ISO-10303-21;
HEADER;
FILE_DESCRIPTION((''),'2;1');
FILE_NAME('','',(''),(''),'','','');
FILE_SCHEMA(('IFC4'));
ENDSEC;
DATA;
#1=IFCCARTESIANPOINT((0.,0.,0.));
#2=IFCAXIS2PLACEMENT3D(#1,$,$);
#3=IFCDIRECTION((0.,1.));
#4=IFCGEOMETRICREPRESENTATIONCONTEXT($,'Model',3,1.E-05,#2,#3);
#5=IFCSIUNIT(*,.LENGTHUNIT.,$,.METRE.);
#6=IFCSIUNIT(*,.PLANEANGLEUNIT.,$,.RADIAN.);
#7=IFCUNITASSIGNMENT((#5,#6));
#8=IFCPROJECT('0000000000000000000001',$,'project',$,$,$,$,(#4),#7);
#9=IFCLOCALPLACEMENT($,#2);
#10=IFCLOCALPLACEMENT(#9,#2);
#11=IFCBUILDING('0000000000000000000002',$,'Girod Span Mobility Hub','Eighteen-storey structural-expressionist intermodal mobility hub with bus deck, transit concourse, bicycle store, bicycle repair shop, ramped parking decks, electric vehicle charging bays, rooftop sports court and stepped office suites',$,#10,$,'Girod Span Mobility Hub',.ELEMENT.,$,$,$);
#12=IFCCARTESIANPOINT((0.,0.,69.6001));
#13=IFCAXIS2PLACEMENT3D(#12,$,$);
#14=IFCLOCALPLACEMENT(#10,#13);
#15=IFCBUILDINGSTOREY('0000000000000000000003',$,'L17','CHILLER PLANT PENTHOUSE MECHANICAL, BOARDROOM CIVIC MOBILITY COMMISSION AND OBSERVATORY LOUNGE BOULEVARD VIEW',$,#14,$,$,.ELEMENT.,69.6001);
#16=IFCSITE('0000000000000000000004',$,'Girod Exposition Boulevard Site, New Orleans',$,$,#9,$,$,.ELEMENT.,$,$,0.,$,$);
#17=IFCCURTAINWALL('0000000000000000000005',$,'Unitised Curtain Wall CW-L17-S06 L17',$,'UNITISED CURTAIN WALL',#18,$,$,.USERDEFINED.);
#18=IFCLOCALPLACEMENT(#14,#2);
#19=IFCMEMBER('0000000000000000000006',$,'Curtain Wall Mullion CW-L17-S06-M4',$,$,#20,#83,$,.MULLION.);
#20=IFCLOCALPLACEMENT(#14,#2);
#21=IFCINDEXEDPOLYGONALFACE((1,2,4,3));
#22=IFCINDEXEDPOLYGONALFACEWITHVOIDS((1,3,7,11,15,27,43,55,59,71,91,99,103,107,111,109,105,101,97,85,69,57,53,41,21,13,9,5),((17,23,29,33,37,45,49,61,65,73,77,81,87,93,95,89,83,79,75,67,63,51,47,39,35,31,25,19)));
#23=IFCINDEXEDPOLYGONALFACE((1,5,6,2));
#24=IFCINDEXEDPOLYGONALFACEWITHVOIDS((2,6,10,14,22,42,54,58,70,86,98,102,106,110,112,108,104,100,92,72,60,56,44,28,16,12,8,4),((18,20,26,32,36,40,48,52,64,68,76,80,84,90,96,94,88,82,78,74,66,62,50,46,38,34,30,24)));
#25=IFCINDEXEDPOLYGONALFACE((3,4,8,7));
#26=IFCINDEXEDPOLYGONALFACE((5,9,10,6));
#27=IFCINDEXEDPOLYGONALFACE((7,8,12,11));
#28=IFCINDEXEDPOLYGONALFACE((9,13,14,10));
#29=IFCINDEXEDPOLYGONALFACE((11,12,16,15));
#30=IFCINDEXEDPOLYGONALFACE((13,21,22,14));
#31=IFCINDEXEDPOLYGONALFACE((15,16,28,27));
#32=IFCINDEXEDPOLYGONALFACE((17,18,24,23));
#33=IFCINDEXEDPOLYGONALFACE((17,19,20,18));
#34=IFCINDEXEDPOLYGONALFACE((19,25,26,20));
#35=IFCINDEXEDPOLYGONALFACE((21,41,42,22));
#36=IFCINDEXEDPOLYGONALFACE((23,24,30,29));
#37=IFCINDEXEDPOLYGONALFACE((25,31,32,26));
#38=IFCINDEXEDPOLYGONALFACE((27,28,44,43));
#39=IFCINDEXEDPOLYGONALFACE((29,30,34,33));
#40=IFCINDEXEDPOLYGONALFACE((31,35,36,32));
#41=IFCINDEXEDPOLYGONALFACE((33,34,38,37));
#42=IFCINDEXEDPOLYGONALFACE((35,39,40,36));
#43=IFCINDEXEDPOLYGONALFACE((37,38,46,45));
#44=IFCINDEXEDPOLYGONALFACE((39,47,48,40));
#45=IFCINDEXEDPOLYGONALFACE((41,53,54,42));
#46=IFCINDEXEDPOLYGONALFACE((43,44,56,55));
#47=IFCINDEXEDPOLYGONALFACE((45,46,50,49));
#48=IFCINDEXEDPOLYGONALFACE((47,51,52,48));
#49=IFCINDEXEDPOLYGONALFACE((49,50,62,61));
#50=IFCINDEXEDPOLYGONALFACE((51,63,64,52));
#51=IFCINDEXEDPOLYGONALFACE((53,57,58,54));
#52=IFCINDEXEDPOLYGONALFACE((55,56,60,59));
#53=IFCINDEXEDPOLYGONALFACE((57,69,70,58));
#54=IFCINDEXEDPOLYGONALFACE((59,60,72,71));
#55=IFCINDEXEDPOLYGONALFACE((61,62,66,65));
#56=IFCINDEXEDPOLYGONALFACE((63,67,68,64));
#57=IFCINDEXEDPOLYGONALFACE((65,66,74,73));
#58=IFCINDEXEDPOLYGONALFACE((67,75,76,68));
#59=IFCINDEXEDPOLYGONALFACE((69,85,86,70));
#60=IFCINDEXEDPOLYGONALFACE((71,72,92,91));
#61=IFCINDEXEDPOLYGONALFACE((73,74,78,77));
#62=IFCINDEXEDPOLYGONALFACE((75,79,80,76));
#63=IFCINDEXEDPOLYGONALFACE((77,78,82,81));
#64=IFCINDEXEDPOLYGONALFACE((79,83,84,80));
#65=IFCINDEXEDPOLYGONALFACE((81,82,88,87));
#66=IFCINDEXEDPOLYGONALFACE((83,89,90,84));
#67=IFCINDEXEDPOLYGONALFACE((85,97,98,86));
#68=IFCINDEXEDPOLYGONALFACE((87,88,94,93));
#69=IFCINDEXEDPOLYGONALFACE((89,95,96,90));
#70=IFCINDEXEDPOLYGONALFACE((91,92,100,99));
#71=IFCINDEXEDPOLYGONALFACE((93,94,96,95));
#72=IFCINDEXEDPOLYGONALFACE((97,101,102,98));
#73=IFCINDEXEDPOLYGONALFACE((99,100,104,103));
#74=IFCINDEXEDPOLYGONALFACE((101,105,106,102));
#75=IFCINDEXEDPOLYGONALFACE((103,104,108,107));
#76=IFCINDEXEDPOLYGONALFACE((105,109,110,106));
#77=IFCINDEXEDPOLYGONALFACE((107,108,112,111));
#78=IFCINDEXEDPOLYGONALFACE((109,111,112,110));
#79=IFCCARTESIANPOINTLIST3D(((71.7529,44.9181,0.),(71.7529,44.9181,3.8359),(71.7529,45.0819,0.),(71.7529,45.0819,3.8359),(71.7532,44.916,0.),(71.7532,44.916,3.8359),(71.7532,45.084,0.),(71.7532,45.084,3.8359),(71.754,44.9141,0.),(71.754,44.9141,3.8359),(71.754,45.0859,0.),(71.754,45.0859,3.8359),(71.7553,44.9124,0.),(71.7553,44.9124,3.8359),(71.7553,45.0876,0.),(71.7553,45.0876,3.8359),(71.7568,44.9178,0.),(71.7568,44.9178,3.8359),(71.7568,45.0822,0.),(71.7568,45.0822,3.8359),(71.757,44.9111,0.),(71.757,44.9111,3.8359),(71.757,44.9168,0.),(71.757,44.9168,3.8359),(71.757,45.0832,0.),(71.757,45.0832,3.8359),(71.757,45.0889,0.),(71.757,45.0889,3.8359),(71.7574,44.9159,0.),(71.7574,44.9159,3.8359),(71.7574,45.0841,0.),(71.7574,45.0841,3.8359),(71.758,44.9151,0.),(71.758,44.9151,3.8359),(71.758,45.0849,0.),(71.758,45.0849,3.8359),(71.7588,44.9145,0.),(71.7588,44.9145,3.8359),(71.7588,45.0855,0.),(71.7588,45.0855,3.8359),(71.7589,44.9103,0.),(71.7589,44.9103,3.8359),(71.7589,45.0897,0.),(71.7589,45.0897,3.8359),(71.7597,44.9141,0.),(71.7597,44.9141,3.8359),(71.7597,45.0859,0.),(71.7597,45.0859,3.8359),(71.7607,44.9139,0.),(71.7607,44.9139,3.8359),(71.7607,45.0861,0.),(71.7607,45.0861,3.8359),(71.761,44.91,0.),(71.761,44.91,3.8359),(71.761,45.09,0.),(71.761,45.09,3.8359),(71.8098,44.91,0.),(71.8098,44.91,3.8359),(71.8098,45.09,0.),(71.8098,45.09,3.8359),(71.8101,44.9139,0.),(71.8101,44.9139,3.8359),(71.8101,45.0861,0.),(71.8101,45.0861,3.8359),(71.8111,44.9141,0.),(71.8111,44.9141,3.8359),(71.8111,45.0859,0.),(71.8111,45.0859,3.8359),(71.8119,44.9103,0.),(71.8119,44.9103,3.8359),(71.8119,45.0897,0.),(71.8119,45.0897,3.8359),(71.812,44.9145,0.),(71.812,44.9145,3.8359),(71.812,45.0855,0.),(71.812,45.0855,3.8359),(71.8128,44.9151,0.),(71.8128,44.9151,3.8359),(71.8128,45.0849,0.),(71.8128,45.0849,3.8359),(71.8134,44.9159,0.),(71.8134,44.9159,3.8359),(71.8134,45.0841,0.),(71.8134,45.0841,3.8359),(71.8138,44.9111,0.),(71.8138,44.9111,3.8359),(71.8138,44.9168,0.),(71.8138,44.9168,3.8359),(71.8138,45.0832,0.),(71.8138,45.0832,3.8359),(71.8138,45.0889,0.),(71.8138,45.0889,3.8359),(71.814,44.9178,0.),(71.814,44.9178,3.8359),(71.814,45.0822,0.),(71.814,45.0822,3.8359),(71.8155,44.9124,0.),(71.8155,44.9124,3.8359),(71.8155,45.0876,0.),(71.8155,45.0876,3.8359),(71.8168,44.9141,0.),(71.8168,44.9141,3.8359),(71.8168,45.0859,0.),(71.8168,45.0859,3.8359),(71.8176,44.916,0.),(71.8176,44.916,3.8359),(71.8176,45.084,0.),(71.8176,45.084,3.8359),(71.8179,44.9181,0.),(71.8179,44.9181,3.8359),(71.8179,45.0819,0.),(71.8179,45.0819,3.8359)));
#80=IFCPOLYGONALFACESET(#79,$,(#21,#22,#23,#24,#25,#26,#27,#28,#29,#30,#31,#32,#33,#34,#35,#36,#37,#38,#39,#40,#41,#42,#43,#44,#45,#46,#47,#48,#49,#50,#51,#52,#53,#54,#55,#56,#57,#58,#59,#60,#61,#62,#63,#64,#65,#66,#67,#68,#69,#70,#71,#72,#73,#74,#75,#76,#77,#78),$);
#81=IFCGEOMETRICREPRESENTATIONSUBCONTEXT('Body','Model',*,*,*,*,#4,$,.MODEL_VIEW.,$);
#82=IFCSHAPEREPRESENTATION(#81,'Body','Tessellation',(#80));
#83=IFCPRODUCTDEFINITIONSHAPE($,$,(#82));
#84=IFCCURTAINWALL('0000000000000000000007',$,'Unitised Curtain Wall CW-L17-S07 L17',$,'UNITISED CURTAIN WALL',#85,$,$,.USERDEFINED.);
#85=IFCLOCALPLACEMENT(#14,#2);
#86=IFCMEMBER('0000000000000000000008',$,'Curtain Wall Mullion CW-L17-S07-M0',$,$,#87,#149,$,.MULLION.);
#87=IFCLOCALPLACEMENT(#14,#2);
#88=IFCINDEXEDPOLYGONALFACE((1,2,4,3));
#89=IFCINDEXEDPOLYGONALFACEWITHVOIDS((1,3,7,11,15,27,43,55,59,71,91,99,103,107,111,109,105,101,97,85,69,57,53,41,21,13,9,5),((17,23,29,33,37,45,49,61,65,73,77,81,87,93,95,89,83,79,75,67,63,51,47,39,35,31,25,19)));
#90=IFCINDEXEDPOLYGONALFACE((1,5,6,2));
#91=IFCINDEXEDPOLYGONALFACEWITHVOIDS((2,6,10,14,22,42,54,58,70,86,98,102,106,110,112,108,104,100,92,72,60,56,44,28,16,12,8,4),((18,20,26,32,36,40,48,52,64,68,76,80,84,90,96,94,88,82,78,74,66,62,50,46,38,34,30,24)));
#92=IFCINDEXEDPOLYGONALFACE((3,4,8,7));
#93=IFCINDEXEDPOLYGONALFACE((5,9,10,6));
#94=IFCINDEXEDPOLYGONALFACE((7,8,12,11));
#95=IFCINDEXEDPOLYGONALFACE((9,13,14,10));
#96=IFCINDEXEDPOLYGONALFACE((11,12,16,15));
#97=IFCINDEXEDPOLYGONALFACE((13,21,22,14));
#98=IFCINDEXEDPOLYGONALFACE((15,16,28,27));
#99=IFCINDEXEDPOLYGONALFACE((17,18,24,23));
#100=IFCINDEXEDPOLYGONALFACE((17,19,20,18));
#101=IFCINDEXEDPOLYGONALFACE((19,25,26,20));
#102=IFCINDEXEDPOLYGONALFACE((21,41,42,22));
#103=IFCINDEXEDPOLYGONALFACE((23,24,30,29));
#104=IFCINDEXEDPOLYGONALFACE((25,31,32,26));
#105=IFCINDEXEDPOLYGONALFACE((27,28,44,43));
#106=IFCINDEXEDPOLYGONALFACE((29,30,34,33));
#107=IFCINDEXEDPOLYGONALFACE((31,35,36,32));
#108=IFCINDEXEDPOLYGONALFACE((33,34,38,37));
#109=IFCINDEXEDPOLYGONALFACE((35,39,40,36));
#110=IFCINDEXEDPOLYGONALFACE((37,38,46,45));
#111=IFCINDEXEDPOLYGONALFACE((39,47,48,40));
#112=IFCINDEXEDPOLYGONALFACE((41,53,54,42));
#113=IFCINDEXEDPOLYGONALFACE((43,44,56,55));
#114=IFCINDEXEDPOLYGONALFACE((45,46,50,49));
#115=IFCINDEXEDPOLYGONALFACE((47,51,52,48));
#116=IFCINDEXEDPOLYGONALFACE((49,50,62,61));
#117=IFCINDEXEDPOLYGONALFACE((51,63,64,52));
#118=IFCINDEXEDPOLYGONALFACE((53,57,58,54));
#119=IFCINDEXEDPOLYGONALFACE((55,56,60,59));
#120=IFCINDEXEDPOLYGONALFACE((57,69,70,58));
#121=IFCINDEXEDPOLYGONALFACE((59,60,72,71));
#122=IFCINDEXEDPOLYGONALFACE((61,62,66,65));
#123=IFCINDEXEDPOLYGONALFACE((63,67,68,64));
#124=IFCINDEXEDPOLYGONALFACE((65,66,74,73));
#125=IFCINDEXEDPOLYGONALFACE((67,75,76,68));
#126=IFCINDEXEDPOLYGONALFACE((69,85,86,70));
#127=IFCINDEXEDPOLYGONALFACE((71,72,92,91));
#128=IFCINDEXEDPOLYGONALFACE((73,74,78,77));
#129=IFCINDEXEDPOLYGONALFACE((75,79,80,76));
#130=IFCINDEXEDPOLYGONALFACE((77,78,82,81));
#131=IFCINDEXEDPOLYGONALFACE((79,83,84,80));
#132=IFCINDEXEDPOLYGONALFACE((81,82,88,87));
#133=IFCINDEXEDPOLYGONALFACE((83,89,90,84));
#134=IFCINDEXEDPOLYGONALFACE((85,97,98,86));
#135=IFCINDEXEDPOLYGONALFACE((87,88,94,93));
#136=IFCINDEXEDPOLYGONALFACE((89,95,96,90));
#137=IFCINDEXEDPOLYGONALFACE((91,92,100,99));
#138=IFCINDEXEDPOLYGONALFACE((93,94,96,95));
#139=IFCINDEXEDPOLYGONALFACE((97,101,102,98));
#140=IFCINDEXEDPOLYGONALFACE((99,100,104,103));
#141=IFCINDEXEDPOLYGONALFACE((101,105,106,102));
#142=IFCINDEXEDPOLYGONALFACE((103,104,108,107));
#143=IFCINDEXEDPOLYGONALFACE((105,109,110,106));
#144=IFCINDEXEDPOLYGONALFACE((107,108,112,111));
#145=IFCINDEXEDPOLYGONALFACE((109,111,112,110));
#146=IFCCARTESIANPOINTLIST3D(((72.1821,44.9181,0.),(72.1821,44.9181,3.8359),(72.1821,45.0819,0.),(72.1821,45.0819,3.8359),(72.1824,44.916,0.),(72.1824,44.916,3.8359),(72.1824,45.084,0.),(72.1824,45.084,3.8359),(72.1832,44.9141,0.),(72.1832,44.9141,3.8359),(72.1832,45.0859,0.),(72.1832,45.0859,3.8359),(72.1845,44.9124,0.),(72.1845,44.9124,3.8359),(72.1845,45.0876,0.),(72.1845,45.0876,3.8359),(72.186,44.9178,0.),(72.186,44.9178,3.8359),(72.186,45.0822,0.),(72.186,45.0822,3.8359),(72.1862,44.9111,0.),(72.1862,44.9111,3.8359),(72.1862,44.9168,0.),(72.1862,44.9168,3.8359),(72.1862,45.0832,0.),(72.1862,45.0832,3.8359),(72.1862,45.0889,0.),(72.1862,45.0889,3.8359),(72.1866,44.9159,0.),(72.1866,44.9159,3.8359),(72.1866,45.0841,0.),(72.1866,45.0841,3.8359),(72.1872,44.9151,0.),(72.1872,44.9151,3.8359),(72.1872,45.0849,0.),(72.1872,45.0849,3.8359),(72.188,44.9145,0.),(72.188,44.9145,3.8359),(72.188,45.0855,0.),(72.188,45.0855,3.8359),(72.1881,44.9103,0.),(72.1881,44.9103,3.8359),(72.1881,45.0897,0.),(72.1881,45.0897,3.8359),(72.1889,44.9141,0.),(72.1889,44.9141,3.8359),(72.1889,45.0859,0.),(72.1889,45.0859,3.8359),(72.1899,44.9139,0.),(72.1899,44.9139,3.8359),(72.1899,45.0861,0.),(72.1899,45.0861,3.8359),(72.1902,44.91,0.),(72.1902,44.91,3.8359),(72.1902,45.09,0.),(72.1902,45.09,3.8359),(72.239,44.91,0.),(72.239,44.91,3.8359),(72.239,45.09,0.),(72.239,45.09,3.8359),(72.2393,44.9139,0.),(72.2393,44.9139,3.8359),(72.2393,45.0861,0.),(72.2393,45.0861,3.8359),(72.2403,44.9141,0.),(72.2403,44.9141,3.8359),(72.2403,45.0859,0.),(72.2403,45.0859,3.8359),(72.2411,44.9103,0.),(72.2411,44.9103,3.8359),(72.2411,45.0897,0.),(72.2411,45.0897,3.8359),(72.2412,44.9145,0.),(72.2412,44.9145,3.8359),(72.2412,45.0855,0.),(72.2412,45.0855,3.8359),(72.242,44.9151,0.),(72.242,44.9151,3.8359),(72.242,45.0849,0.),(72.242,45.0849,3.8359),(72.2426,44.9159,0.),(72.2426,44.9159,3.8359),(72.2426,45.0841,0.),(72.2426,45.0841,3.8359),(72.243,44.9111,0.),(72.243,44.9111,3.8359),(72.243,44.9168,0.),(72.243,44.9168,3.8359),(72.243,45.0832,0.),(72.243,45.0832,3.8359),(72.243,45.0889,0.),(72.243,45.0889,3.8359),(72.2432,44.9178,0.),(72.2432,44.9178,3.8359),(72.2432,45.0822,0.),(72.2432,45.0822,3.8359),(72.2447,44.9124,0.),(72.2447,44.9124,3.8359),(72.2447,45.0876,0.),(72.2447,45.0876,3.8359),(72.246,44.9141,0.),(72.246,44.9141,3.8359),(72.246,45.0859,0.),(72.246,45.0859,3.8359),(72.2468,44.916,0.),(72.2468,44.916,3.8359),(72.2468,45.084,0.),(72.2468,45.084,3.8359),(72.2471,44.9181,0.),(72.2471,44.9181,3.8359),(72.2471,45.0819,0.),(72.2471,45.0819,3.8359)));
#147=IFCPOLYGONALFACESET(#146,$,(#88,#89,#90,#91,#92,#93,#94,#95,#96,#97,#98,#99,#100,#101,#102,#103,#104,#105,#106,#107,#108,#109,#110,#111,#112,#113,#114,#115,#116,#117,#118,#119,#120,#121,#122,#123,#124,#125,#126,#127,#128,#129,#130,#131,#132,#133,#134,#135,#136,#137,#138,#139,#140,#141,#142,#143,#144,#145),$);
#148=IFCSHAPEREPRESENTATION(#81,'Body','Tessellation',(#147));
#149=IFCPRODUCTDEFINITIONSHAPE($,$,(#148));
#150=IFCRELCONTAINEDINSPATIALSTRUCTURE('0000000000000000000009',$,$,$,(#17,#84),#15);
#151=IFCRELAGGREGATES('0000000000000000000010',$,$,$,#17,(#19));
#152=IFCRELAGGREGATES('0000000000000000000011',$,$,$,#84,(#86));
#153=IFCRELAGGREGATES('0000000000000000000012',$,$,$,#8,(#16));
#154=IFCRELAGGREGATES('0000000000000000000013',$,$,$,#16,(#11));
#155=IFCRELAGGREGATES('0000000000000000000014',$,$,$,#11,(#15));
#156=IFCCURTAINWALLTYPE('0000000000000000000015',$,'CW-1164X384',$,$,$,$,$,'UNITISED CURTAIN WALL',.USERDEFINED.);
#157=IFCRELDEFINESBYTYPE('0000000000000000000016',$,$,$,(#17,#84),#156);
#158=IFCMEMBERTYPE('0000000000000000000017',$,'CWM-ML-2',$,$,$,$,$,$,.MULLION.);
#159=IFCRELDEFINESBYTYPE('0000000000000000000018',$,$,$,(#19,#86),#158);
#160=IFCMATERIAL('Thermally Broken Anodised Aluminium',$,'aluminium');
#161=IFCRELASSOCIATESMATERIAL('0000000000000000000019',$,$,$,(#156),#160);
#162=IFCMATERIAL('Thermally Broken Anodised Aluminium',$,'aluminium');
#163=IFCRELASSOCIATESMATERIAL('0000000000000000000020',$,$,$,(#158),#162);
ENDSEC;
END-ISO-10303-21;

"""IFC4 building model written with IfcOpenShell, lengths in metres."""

from ifc_helpers import new_model, si_unit, direction, frame, origin, origin_2d, place, context, subcontext, project, spatial, hollow_rectangle, extrude, material, material_profile, profile_set, type_object, element, aggregate, save


model = new_model("IFC4")

# Units and contexts
model_context = context("Model", 3, precision=1e-05, world=origin(), true_north=direction((0.0, 1.0)))
body_context = subcontext(model_context, "Body", "Model", "MODEL_VIEW")
ifc_project = project(units=[si_unit("LENGTHUNIT", "METRE"), si_unit("PLANEANGLEUNIT", "RADIAN")], contexts=[model_context])

# Site, building, storey
site_placement = place(None, origin())
site = spatial("IfcSite", under=ifc_project, at=site_placement, Name="Girod Exposition Boulevard Site, New Orleans", CompositionType="ELEMENT", RefElevation=0.0)
building_placement = place(site_placement, origin())
building = spatial("IfcBuilding", under=site, at=building_placement, Name="Girod Span Mobility Hub", Description="Eighteen-storey structural-expressionist intermodal mobility hub with bus deck, transit concourse, bicycle store, bicycle repair shop, ramped parking decks, electric vehicle charging bays, rooftop sports court and stepped office suites", LongName="Girod Span Mobility Hub", CompositionType="ELEMENT")
storey_placement = place(building_placement, frame((0.0, 0.0, 69.6001)))
storey = spatial("IfcBuildingStorey", under=building, at=storey_placement, Name="L17", Description="CHILLER PLANT PENTHOUSE MECHANICAL, BOARDROOM CIVIC MOBILITY COMMISSION AND OBSERVATORY LOUNGE BOULEVARD VIEW", CompositionType="ELEMENT", Elevation=69.6001)

# Curtain walls, members
ifc_material_1 = material(Name="Thermally Broken Anodised Aluminium", Category="aluminium")
curtain_wall_type = type_object("IfcCurtainWallType", Name="CW-1164X384", ElementType="UNITISED CURTAIN WALL", PredefinedType="USERDEFINED", material=ifc_material_1)
curtain_wall_1_placement = place(storey_placement, origin())
curtain_wall_1 = element("IfcCurtainWall", 1, at=curtain_wall_1_placement, inside=storey, type_object=curtain_wall_type, Name="Unitised Curtain Wall CW-L17-S06 L17", ObjectType="UNITISED CURTAIN WALL", PredefinedType="USERDEFINED")
ifc_material_2 = material(Name="Thermally Broken Anodised Aluminium", Category="aluminium")
ifc_material_profile_1 = material_profile(ifc_material_2, hollow_rectangle(XDim=0.1799, YDim=0.0649, WallThickness=0.0039, InnerFilletRadius=0.0039, OuterFilletRadius=0.0081, at=origin_2d()), Name="CW-ML-65X180")
ifc_profile_set_1 = profile_set([ifc_material_profile_1], Name="Thermally Broken Anodised Aluminium")
member_type_1 = type_object("IfcMemberType", Name="CWM-ML-2", PredefinedType="MULLION", material=ifc_profile_set_1)
member_1_placement = place(storey_placement, frame((71.7854, 45.0, 0.0), z_axis=(0.0, 0.0, 1.0), x_axis=(0.0, 1.0, 0.0)))
member_1 = element("IfcMember", 2, at=member_1_placement, type_object=member_type_1, Name="Curtain Wall Mullion CW-L17-S06-M4", PredefinedType="MULLION", context=body_context, shape_type="SweptSolid", body=[
    extrude(hollow_rectangle(XDim=0.1799, YDim=0.0649, WallThickness=0.0039, InnerFilletRadius=0.0039, OuterFilletRadius=0.0081, at=origin_2d()), origin(), (0.0, 0.0, 1.0), 3.8359),
])
curtain_wall_2_placement = place(storey_placement, origin())
curtain_wall_2 = element("IfcCurtainWall", 3, at=curtain_wall_2_placement, inside=storey, type_object=curtain_wall_type, Name="Unitised Curtain Wall CW-L17-S07 L17", ObjectType="UNITISED CURTAIN WALL", PredefinedType="USERDEFINED")
member_2_placement = place(storey_placement, frame((72.2146, 45.0, 0.0), z_axis=(0.0, 0.0, 1.0), x_axis=(0.0, 1.0, 0.0)))
member_2 = element("IfcMember", 4, at=member_2_placement, type_object=member_type_1, Name="Curtain Wall Mullion CW-L17-S07-M0", PredefinedType="MULLION", context=body_context, shape_type="SweptSolid", body=[
    extrude(hollow_rectangle(XDim=0.1799, YDim=0.0649, WallThickness=0.0039, InnerFilletRadius=0.0039, OuterFilletRadius=0.0081, at=origin_2d()), origin(), (0.0, 0.0, 1.0), 3.8359),
])

aggregate(curtain_wall_1, [member_1])
aggregate(curtain_wall_2, [member_2])

save(model, "model.ifc")
